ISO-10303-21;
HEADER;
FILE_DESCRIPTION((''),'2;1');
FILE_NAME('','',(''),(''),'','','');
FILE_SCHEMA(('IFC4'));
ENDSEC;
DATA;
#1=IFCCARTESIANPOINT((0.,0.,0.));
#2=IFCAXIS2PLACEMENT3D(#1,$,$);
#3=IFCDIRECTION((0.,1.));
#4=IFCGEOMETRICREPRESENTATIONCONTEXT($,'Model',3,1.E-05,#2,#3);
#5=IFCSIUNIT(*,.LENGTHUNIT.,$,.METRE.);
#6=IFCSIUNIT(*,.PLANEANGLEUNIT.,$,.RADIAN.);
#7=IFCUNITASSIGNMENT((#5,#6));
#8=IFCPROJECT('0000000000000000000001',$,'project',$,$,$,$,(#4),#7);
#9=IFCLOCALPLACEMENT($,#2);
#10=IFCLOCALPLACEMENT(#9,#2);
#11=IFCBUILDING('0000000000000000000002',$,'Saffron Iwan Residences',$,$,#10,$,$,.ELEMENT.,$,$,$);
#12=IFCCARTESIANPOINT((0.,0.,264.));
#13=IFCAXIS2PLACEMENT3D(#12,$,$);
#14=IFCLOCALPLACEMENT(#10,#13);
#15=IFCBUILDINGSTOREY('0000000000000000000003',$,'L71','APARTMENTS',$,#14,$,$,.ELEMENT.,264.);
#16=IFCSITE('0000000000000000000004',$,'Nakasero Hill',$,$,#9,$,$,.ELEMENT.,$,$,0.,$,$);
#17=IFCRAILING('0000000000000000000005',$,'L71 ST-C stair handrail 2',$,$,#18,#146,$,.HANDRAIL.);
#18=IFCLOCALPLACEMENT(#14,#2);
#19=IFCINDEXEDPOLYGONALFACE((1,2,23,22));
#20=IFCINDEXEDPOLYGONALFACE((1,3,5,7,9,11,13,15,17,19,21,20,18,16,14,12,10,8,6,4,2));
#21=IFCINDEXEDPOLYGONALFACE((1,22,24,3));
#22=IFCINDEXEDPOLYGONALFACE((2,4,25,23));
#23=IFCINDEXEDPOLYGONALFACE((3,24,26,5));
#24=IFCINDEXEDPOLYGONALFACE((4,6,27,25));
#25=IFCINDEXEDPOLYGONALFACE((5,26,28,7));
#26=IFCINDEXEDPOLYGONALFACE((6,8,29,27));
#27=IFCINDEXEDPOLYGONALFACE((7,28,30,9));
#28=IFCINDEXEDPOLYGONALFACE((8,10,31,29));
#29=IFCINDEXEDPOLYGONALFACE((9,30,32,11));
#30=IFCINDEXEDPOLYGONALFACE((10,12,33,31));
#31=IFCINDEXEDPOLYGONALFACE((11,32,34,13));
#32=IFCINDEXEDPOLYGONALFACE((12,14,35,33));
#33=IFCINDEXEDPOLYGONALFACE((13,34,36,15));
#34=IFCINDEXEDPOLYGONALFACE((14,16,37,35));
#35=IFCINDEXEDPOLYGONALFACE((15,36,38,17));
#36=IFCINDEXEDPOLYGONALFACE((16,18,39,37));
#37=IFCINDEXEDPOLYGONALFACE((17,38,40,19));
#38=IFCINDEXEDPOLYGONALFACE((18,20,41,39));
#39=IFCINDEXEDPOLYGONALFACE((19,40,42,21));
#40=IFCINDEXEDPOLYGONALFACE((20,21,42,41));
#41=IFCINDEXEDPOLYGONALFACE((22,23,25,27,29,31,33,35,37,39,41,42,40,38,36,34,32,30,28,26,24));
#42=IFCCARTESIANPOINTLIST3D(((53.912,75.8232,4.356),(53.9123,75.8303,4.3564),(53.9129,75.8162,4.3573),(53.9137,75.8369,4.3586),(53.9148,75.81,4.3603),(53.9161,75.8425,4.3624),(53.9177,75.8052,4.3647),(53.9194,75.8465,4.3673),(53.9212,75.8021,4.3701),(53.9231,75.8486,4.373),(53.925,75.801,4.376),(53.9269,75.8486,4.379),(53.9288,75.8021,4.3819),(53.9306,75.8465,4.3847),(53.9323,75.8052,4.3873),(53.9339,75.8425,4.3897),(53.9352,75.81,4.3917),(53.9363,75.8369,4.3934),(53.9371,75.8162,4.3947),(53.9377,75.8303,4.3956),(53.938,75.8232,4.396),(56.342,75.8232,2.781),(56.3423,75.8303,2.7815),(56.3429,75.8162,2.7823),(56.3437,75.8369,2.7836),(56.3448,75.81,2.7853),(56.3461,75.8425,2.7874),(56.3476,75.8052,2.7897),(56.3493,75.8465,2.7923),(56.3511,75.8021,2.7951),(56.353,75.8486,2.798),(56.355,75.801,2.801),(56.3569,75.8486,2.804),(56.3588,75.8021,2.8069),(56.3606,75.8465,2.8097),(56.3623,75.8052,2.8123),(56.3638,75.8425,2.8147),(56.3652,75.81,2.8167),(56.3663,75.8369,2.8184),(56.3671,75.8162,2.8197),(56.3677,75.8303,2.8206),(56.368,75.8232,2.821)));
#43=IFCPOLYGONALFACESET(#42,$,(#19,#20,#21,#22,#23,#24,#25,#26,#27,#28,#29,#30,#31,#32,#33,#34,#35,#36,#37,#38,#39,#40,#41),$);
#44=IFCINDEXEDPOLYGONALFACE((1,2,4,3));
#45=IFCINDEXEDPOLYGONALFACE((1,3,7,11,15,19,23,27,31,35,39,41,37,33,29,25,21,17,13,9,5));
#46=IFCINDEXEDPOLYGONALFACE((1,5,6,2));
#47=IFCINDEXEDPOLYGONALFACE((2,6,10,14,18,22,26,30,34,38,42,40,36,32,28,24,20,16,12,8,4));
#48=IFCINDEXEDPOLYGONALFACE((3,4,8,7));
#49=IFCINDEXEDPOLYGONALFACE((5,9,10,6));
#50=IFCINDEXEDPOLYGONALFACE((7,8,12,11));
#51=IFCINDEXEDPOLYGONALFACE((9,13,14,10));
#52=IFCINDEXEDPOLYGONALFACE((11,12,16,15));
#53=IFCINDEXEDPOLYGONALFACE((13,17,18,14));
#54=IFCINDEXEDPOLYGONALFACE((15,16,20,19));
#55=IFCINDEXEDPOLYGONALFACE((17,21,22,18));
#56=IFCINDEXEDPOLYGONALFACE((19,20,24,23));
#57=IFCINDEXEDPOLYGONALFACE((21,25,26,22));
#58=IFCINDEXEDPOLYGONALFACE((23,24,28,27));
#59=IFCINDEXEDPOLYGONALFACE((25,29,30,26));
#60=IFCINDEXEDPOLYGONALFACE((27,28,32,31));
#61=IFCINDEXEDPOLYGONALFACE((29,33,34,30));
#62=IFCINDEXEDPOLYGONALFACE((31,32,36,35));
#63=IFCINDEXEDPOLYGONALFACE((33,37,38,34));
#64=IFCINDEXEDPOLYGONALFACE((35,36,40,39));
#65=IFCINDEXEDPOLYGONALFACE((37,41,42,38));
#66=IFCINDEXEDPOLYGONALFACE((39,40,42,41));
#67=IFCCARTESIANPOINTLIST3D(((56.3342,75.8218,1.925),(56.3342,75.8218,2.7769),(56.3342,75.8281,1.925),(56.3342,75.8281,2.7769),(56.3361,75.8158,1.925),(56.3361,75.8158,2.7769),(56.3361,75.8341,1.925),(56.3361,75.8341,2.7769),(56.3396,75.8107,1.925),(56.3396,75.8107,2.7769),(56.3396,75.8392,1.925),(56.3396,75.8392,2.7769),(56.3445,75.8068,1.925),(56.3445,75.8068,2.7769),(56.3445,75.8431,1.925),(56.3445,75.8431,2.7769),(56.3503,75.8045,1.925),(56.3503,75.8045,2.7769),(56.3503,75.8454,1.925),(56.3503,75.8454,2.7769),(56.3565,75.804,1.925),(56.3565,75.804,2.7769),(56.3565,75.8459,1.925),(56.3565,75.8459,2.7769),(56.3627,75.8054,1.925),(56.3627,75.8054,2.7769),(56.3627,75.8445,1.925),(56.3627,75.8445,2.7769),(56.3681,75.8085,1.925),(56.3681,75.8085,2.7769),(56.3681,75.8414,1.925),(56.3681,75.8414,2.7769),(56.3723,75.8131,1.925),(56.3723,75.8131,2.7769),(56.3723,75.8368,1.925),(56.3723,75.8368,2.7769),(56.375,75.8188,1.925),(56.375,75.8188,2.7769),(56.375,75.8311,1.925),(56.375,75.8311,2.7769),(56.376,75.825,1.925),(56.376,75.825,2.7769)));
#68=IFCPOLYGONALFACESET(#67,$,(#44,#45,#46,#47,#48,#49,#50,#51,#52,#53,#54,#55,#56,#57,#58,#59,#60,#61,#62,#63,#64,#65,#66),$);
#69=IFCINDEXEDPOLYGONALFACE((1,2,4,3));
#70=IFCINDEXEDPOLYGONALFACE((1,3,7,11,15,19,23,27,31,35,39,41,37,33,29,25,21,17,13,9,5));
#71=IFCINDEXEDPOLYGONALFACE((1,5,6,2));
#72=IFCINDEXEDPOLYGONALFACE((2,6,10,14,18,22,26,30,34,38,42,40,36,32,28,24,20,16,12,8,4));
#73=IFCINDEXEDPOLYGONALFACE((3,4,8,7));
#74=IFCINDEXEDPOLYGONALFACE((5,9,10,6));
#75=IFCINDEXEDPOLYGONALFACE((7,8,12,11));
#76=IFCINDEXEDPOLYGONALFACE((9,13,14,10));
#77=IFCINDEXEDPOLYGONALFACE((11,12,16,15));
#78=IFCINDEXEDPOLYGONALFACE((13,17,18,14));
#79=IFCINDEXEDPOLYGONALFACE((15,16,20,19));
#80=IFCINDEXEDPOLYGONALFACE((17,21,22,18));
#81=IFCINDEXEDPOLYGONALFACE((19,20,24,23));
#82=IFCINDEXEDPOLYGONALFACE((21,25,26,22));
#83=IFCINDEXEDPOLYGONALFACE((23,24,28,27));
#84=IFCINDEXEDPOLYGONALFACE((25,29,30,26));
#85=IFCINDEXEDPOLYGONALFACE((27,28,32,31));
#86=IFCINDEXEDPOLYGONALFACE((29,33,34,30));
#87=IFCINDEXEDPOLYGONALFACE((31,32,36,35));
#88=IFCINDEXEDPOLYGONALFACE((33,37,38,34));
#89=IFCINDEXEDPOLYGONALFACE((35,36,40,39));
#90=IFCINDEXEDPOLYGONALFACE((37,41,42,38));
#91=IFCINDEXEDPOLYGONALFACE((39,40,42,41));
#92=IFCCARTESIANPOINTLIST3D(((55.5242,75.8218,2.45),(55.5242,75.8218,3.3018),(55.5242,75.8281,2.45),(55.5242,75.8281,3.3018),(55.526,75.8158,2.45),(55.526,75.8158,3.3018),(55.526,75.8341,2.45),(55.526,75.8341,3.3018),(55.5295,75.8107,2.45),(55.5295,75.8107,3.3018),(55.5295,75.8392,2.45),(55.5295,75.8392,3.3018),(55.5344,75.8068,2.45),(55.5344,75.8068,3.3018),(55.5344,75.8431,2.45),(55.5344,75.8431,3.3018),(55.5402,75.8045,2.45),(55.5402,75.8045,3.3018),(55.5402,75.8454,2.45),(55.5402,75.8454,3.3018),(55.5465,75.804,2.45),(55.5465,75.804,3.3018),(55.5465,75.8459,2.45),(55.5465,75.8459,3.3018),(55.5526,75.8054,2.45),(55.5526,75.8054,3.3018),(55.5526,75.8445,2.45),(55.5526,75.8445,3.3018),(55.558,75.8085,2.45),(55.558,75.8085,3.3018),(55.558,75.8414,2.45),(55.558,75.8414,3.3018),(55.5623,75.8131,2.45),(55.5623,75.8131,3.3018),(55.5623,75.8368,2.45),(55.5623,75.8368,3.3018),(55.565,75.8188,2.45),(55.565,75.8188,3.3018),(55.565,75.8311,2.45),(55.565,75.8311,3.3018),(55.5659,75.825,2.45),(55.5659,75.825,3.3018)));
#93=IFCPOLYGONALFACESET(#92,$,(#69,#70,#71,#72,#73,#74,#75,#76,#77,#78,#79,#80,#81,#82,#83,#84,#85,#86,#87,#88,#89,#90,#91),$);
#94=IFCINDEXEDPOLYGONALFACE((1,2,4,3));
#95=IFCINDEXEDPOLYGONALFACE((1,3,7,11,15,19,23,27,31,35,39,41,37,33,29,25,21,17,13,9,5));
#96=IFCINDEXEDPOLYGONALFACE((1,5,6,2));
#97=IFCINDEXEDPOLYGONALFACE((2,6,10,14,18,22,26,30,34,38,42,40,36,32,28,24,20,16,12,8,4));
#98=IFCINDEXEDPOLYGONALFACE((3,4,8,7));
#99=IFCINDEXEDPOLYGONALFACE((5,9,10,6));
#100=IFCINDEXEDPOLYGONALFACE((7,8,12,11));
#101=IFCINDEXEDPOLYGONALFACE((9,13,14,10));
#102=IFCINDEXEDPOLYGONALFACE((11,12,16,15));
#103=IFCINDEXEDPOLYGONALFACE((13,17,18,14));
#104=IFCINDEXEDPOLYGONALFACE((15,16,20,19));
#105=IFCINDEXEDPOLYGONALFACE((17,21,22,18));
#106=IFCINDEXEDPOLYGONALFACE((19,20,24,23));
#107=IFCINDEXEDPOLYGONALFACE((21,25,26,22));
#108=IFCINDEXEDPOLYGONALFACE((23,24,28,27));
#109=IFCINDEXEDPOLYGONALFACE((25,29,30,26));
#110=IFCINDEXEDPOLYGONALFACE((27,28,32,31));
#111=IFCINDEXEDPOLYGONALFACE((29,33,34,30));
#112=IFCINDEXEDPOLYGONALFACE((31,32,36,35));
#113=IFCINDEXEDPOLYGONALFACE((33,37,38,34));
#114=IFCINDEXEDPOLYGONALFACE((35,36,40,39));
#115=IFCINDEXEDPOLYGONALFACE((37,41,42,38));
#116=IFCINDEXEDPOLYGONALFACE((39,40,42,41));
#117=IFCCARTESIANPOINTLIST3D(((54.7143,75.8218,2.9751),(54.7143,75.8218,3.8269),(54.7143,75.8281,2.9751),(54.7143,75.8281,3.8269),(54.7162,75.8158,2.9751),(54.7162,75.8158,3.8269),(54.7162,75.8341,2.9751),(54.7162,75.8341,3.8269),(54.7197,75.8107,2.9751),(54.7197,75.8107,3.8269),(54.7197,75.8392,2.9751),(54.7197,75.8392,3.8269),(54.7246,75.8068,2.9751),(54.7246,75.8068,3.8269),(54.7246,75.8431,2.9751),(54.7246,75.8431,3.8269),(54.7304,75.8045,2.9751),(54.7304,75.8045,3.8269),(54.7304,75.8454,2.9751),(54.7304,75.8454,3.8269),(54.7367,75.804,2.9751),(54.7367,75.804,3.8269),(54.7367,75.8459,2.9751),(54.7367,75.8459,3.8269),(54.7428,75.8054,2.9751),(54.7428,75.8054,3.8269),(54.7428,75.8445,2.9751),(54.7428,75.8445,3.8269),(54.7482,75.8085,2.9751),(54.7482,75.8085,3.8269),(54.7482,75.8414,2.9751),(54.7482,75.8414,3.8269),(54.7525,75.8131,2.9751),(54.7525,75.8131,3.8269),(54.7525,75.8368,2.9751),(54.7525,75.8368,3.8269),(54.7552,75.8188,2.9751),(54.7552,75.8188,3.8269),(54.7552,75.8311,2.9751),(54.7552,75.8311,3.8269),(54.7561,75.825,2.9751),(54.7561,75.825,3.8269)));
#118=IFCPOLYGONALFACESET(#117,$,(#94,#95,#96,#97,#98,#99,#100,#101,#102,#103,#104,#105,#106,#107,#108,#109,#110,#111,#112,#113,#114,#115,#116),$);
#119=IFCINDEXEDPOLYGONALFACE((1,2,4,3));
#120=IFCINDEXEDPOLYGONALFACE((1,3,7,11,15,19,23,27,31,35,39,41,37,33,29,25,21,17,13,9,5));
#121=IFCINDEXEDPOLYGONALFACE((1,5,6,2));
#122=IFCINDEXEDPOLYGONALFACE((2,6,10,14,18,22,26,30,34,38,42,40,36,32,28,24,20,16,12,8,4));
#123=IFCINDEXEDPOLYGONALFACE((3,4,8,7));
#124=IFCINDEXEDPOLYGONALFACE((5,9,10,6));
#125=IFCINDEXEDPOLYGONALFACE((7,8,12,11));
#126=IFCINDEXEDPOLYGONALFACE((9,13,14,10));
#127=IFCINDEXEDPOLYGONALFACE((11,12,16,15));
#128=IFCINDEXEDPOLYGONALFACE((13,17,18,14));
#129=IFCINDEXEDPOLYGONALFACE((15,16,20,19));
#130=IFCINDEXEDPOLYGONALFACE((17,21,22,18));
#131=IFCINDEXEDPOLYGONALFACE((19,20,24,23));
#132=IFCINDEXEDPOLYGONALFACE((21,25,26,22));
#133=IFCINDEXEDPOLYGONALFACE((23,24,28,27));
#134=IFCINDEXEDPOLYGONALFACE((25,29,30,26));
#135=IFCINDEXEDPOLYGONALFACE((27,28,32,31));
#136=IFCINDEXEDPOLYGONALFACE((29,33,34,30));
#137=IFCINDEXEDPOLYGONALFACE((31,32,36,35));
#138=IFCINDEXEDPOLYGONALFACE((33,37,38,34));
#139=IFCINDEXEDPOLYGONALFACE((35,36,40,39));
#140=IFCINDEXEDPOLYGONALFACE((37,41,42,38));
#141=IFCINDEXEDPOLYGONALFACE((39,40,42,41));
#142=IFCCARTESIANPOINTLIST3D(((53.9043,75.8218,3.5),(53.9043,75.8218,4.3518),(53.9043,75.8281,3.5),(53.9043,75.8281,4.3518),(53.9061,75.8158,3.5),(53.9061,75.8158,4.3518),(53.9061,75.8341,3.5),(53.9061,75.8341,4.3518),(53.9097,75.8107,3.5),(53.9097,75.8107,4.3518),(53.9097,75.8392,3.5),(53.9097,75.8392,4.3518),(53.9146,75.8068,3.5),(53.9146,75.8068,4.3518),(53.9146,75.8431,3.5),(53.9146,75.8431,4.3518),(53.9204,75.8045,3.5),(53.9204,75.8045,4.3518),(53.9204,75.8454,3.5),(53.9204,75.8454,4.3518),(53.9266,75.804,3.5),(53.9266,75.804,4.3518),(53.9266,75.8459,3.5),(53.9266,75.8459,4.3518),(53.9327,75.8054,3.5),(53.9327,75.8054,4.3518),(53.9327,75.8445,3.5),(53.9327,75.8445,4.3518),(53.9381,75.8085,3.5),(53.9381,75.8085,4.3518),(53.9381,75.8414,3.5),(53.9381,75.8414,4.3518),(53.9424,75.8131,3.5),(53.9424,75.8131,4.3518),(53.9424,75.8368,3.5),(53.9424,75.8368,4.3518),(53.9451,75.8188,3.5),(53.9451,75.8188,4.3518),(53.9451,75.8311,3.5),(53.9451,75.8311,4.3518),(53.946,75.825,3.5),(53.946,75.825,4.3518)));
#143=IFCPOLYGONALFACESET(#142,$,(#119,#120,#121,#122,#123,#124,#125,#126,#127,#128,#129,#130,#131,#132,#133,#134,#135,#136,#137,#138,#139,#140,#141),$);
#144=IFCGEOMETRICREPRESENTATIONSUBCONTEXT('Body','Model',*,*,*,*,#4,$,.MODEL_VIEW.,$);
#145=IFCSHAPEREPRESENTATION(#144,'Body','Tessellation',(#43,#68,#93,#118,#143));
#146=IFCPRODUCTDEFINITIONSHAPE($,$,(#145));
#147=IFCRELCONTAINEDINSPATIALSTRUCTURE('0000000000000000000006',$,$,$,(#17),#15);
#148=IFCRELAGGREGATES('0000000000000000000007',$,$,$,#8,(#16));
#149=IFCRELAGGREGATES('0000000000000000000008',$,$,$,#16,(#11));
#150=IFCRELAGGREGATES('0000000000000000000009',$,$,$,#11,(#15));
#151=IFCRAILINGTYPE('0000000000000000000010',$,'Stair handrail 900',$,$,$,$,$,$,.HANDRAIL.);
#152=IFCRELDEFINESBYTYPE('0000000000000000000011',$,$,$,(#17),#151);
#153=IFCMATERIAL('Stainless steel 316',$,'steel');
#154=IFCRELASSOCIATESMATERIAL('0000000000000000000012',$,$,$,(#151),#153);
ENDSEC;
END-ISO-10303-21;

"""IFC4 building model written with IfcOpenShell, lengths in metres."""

from ifc_helpers import new_model, si_unit, direction, frame, origin, origin_2d, place, context, subcontext, project, spatial, circle, extrude, material, type_object, element, save


model = new_model("IFC4")

# Units and contexts
model_context = context("Model", 3, precision=1e-05, world=origin(), true_north=direction((0.0, 1.0)))
body_context = subcontext(model_context, "Body", "Model", "MODEL_VIEW")
ifc_project = project(units=[si_unit("LENGTHUNIT", "METRE"), si_unit("PLANEANGLEUNIT", "RADIAN")], contexts=[model_context])

# Site, building, storey
site_placement = place(None, origin())
site = spatial("IfcSite", under=ifc_project, at=site_placement, Name="Nakasero Hill", CompositionType="ELEMENT", RefElevation=0.0)
building_placement = place(site_placement, origin())
building = spatial("IfcBuilding", under=site, at=building_placement, Name="Saffron Iwan Residences", CompositionType="ELEMENT")
storey_placement = place(building_placement, frame((0.0, 0.0, 264.0)))
storey = spatial("IfcBuildingStorey", under=building, at=storey_placement, Name="L71", Description="APARTMENTS", CompositionType="ELEMENT", Elevation=264.0)

# Railing
ifc_material_1 = material(Name="Stainless steel 316", Category="steel")
railing_type = type_object("IfcRailingType", Name="Stair handrail 900", PredefinedType="HANDRAIL", material=ifc_material_1)
railing_1_placement = place(storey_placement, frame((56.355, 75.825, 1.925)))
element("IfcRailing", 1, at=railing_1_placement, inside=storey, type_object=railing_type, Name="L71 ST-C stair handrail 2", PredefinedType="HANDRAIL", context=body_context, shape_type="SweptSolid", body=[
    extrude(circle(Radius=0.0239, at=origin_2d()), frame((0.0, 0.0, 0.876), z_axis=(-0.839154, 0.0, 0.543894), x_axis=(0.0, -1.0, 0.0)), (0.0, 0.0, 1.0), 2.8958),
    extrude(circle(Radius=0.021, at=origin_2d()), origin(), (0.0, 0.0, 1.0), 0.8518),
    extrude(circle(Radius=0.021, at=origin_2d()), frame((-0.8101, 0.0, 0.5249)), (0.0, 0.0, 1.0), 0.8518),
    extrude(circle(Radius=0.021, at=origin_2d()), frame((-1.6199, 0.0, 1.05)), (0.0, 0.0, 1.0), 0.8518),
    extrude(circle(Radius=0.021, at=origin_2d()), frame((-2.4299, 0.0, 1.575)), (0.0, 0.0, 1.0), 0.8518),
])

save(model, "model.ifc")
